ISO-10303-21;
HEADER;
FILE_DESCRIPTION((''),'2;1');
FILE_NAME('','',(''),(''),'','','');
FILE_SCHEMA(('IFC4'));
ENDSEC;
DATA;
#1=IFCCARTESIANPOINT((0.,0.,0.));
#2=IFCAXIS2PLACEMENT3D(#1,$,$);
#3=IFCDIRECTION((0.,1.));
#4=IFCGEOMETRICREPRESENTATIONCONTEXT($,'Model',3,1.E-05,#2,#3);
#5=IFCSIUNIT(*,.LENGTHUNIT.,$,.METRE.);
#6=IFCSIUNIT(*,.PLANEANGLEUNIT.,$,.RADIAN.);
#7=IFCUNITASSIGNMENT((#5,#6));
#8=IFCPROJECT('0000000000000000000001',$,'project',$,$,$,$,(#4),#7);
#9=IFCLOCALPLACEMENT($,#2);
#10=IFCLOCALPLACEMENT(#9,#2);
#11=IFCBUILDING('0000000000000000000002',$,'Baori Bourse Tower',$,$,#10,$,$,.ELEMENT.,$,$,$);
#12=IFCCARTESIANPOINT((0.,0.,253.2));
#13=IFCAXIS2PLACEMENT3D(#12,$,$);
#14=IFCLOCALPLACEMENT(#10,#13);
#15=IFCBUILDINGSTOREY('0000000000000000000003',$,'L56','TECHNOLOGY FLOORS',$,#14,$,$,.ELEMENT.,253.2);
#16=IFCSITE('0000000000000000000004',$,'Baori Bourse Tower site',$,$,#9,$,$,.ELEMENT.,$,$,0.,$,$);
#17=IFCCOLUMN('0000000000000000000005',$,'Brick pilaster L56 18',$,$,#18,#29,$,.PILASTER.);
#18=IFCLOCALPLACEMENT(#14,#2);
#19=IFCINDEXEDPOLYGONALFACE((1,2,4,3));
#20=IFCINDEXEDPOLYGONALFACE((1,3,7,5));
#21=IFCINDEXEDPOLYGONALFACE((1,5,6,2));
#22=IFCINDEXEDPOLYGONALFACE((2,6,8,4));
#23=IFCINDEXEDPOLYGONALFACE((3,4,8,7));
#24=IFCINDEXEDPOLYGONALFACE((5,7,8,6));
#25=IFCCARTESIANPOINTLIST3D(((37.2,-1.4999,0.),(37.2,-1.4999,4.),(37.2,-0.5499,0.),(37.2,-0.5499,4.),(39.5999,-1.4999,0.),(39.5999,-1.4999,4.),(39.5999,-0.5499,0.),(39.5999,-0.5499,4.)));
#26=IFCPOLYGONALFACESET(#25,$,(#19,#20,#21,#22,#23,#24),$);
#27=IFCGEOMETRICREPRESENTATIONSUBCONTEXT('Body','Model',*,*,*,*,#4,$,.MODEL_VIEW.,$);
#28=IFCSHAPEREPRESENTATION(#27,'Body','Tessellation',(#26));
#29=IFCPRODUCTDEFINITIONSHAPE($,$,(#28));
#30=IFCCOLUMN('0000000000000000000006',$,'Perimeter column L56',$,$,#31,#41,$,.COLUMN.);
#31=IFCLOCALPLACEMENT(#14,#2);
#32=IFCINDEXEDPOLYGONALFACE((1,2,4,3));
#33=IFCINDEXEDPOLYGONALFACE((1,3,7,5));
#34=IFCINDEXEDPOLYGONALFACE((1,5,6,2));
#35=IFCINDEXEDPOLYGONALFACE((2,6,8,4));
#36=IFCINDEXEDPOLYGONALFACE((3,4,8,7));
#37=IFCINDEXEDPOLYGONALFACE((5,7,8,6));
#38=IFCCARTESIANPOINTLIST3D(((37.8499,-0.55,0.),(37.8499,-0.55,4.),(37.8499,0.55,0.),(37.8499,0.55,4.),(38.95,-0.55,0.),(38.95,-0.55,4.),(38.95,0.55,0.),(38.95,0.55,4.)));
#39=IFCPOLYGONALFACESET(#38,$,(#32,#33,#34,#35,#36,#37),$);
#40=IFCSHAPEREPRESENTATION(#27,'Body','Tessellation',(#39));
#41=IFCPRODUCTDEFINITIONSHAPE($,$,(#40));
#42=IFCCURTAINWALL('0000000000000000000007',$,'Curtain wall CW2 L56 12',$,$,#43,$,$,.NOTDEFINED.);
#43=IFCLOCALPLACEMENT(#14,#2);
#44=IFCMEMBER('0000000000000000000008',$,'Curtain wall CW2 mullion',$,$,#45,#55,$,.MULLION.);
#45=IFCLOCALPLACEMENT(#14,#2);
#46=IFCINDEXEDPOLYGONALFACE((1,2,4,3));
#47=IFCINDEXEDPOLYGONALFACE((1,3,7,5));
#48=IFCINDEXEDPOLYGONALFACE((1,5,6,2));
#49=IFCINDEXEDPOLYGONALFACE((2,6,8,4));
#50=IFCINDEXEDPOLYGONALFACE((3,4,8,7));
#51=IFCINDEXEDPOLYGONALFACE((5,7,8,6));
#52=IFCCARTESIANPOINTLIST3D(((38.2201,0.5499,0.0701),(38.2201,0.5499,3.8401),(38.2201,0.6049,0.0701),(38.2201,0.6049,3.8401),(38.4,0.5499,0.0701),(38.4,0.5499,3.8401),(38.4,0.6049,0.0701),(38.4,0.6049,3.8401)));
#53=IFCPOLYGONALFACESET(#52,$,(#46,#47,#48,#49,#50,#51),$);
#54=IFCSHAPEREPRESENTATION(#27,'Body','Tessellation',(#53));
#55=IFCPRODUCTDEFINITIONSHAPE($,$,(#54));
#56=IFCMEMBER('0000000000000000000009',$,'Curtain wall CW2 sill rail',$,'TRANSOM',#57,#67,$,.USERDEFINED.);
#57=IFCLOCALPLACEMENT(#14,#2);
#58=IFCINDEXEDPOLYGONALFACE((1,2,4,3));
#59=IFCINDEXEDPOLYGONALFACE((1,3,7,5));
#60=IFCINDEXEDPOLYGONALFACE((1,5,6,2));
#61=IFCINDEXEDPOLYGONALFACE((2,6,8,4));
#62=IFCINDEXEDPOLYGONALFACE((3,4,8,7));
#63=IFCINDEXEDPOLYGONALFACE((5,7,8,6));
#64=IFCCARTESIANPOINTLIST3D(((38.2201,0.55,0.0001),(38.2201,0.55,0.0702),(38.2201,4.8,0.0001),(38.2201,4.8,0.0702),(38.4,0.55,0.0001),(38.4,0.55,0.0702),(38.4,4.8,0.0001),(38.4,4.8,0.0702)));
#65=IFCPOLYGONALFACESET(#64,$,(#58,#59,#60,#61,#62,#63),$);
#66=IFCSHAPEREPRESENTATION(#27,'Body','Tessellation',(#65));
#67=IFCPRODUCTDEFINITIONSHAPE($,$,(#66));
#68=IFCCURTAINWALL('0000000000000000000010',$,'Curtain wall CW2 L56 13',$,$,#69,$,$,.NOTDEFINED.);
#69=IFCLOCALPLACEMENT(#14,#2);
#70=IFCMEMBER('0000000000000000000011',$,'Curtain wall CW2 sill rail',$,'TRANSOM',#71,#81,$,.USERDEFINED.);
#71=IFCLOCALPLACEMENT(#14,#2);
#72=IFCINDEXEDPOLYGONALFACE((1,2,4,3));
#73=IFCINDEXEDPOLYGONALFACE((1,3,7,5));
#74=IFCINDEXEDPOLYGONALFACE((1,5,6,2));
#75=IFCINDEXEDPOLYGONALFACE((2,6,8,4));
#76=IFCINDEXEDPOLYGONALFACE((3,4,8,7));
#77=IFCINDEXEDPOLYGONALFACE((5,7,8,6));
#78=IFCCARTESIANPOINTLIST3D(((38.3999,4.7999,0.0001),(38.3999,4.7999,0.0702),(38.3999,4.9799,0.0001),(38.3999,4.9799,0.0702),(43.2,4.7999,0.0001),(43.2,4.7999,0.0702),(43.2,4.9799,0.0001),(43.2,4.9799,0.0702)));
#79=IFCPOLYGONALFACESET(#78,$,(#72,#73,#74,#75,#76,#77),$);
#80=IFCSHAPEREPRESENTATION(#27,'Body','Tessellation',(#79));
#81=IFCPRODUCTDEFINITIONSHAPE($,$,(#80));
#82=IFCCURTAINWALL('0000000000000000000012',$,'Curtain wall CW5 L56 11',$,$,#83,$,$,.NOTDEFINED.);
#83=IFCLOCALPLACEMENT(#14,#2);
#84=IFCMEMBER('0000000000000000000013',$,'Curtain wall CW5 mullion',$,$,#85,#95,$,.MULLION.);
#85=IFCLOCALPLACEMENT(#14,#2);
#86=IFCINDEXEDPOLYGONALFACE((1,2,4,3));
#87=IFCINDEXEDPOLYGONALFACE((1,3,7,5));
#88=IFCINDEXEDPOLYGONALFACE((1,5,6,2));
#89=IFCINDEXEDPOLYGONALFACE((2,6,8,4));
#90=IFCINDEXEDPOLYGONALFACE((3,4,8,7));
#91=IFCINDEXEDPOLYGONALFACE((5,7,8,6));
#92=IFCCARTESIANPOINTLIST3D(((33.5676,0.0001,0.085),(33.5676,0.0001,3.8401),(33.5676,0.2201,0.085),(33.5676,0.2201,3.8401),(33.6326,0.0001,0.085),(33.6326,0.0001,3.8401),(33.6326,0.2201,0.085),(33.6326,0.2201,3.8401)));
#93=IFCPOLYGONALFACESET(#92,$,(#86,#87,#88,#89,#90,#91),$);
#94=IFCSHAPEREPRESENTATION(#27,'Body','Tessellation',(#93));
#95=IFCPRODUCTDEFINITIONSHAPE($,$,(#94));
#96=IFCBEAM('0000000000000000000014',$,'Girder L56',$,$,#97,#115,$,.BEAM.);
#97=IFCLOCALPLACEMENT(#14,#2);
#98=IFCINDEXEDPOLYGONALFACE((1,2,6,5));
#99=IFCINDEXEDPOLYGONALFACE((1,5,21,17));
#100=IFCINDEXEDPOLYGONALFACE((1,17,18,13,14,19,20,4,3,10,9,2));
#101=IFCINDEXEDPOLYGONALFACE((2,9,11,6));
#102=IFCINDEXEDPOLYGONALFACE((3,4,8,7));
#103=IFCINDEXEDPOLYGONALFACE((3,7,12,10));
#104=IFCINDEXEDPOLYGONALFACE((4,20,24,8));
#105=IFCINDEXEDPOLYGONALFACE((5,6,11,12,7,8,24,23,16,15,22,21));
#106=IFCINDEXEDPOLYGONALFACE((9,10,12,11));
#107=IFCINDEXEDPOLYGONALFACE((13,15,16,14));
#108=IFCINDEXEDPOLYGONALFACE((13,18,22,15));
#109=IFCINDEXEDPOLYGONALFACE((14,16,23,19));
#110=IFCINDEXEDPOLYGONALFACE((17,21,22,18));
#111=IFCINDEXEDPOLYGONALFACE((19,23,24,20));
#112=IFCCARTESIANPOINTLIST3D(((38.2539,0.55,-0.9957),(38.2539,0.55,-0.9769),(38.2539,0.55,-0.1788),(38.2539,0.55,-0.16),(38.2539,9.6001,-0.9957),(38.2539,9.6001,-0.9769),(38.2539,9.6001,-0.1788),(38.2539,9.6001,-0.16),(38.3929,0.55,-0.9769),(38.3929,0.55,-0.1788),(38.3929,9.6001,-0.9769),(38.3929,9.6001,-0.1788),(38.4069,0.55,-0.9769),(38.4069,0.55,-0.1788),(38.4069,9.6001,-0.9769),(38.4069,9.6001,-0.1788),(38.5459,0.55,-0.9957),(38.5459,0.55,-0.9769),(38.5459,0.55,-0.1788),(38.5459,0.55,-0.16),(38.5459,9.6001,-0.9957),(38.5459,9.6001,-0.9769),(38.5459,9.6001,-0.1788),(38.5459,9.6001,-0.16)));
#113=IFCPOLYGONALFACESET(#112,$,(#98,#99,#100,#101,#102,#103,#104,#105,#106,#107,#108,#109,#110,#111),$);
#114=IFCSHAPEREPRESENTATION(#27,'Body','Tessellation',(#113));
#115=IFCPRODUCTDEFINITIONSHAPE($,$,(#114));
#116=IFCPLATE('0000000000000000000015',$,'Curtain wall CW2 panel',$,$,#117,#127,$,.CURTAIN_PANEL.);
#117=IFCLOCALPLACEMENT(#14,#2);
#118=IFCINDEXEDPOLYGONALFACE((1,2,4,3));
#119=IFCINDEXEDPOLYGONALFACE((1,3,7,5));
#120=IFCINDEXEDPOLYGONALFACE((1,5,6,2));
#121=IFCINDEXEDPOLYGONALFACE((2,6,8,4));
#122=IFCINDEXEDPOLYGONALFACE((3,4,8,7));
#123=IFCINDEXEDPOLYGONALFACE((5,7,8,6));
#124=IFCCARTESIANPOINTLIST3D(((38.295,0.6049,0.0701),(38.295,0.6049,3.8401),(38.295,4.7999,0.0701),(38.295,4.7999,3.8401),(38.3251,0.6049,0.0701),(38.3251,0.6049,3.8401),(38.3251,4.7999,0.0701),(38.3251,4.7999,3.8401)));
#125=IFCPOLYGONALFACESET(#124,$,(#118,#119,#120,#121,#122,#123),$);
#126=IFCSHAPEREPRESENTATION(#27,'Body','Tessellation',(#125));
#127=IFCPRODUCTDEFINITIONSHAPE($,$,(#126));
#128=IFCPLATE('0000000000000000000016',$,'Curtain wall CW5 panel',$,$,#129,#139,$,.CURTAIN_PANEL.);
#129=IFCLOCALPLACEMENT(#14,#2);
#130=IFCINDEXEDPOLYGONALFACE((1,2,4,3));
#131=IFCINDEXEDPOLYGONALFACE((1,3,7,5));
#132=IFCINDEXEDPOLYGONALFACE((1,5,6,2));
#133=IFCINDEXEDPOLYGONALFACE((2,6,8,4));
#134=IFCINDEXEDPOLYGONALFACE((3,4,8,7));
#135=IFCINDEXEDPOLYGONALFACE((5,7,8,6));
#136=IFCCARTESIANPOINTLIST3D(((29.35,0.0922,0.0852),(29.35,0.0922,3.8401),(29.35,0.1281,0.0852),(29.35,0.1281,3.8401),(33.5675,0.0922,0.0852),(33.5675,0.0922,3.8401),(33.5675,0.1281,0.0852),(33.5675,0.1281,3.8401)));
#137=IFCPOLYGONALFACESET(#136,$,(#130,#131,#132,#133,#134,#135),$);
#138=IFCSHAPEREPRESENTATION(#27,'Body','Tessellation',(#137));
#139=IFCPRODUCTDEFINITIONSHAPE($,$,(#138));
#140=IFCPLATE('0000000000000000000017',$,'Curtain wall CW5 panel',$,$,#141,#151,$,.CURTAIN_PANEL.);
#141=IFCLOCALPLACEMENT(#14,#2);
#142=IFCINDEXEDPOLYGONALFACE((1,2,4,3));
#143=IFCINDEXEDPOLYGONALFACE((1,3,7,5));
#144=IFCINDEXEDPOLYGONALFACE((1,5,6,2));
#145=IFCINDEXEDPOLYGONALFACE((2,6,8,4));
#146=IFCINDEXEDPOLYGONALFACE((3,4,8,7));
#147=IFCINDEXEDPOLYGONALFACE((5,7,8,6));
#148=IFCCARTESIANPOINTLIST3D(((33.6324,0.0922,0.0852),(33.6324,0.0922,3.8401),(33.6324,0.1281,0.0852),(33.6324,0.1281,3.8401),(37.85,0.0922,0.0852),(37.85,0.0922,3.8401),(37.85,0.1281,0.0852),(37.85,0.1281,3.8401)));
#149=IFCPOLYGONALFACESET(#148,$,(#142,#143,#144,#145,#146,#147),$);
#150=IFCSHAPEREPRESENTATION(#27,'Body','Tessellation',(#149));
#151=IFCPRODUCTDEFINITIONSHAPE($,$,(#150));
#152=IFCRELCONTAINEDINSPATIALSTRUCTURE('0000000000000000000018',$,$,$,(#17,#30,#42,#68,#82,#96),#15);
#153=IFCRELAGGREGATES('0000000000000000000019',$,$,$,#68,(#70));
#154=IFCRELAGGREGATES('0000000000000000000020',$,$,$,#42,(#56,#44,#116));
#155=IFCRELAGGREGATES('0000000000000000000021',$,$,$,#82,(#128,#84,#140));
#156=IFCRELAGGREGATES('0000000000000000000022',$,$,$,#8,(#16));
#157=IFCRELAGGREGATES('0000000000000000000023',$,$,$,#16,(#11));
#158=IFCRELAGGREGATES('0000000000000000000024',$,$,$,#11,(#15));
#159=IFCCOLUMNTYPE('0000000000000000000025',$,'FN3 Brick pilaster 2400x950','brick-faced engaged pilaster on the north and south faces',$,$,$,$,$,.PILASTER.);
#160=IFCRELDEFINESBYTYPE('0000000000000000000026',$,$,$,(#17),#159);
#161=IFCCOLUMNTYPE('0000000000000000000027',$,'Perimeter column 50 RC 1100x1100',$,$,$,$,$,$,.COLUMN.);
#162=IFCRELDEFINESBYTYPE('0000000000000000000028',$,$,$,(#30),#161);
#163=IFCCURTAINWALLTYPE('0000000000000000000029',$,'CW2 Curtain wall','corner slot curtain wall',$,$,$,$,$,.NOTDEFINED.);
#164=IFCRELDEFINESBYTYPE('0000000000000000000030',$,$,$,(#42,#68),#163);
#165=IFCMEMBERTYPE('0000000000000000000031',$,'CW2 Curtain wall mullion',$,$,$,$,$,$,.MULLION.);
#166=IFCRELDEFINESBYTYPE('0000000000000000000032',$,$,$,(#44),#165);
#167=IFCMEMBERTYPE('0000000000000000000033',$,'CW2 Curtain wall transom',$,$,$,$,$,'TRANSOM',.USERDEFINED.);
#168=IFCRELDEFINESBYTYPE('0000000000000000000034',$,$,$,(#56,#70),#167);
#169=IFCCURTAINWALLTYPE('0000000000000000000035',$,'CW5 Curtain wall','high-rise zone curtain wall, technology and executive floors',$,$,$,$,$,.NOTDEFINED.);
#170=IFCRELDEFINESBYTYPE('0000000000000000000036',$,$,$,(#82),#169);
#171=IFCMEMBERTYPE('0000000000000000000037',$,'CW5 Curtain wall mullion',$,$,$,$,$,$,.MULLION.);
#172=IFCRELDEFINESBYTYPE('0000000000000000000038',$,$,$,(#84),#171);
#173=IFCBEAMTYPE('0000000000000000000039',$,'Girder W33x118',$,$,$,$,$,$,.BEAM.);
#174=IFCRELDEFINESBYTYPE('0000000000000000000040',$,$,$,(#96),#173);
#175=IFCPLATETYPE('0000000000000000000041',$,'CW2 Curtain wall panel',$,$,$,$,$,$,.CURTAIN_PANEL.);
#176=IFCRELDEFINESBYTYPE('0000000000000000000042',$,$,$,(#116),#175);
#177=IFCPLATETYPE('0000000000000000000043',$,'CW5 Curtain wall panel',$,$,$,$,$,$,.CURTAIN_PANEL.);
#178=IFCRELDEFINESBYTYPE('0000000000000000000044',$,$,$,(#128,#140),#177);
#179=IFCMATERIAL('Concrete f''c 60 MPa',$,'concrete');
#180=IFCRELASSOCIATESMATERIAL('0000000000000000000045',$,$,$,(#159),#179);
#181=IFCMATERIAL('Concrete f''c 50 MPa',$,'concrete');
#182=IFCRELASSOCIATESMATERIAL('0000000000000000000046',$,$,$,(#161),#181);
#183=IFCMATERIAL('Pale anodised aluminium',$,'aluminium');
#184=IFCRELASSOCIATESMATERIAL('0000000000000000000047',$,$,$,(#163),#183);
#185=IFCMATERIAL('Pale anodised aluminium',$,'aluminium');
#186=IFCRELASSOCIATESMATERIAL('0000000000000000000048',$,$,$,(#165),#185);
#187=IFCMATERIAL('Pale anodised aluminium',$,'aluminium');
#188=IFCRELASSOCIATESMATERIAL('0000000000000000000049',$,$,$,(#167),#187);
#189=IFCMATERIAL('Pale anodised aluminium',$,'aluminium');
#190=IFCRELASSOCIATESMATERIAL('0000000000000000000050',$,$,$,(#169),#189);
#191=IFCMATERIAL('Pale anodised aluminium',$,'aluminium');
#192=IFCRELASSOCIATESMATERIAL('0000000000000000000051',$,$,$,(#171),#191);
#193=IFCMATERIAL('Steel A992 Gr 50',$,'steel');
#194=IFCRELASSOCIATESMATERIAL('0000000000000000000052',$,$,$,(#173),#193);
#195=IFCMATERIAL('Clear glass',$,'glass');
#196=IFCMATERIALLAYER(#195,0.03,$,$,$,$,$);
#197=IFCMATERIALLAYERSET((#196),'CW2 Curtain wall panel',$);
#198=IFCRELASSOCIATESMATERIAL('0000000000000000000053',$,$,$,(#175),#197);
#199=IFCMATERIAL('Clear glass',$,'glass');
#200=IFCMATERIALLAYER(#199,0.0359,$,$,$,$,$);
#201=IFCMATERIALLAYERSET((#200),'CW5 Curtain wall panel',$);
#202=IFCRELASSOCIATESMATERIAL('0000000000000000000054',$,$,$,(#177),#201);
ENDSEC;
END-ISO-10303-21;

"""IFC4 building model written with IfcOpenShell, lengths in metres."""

from ifc_helpers import new_model, si_unit, direction, frame, origin, origin_2d, place, context, subcontext, project, spatial, rectangle, i_section, extrude, material, layer, layer_set, material_profile, profile_set, type_object, element, aggregate, save


model = new_model("IFC4")

# Units and contexts
model_context = context("Model", 3, precision=1e-05, world=origin(), true_north=direction((0.0, 1.0)))
body_context = subcontext(model_context, "Body", "Model", "MODEL_VIEW")
ifc_project = project(units=[si_unit("LENGTHUNIT", "METRE"), si_unit("PLANEANGLEUNIT", "RADIAN")], contexts=[model_context])

# Site, building, storey
site_placement = place(None, origin())
site = spatial("IfcSite", under=ifc_project, at=site_placement, Name="Baori Bourse Tower site", CompositionType="ELEMENT", RefElevation=0.0)
building_placement = place(site_placement, origin())
building = spatial("IfcBuilding", under=site, at=building_placement, Name="Baori Bourse Tower", CompositionType="ELEMENT")
storey_placement = place(building_placement, frame((0.0, 0.0, 253.2)))
storey = spatial("IfcBuildingStorey", under=building, at=storey_placement, Name="L56", Description="TECHNOLOGY FLOORS", CompositionType="ELEMENT", Elevation=253.2)

# Columns
ifc_material_1 = material(Name="Concrete f'c 60 MPa", Category="concrete")
ifc_material_profile_1 = material_profile(ifc_material_1, rectangle(XDim=2.3999, YDim=0.95, at=origin_2d()), Name="RC 2400x950")
ifc_profile_set_1 = profile_set([ifc_material_profile_1], Name="Concrete f'c 60 MPa")
column_type_1 = type_object("IfcColumnType", Name="FN3 Brick pilaster 2400x950", Description="brick-faced engaged pilaster on the north and south faces", PredefinedType="PILASTER", material=ifc_profile_set_1)
column_1_placement = place(storey_placement, frame((38.3999, -1.0249, 0.0), z_axis=(0.0, 0.0, 1.0), x_axis=(1.0, 0.0, 0.0)))
element("IfcColumn", 1, at=column_1_placement, inside=storey, type_object=column_type_1, Name="Brick pilaster L56 18", PredefinedType="PILASTER", context=body_context, shape_type="SweptSolid", body=[
    extrude(rectangle(XDim=2.3999, YDim=0.95, at=origin_2d()), origin(), (0.0, 0.0, 1.0), 4.0),
])
ifc_material_2 = material(Name="Concrete f'c 50 MPa", Category="concrete")
ifc_material_profile_2 = material_profile(ifc_material_2, rectangle(XDim=1.1001, YDim=1.1001, at=origin_2d()), Name="RC 1100x1100")
ifc_profile_set_2 = profile_set([ifc_material_profile_2], Name="Concrete f'c 50 MPa")
column_type_2 = type_object("IfcColumnType", Name="Perimeter column 50 RC 1100x1100", PredefinedType="COLUMN", material=ifc_profile_set_2)
column_2_placement = place(storey_placement, frame((38.3999, 0.0, 0.0), z_axis=(0.0, 0.0, 1.0), x_axis=(1.0, 0.0, 0.0)))
element("IfcColumn", 2, at=column_2_placement, inside=storey, type_object=column_type_2, Name="Perimeter column L56", PredefinedType="COLUMN", context=body_context, shape_type="SweptSolid", body=[
    extrude(rectangle(XDim=1.1001, YDim=1.1001, at=origin_2d()), origin(), (0.0, 0.0, 1.0), 4.0),
])

# Curtain wall, members
ifc_material_3 = material(Name="Pale anodised aluminium", Category="aluminium")
curtain_wall_type_1 = type_object("IfcCurtainWallType", Name="CW2 Curtain wall", Description="corner slot curtain wall", PredefinedType="NOTDEFINED", material=ifc_material_3)
curtain_wall_1_placement = place(storey_placement, origin())
curtain_wall_1 = element("IfcCurtainWall", 3, at=curtain_wall_1_placement, inside=storey, type_object=curtain_wall_type_1, Name="Curtain wall CW2 L56 12", PredefinedType="NOTDEFINED")
ifc_material_4 = material(Name="Pale anodised aluminium", Category="aluminium")
ifc_material_profile_3 = material_profile(ifc_material_4, rectangle(XDim=0.1799, YDim=0.0549, at=origin_2d()), Name="Mullion 55x180")
ifc_profile_set_3 = profile_set([ifc_material_profile_3], Name="Pale anodised aluminium")
member_type_1 = type_object("IfcMemberType", Name="CW2 Curtain wall mullion", PredefinedType="MULLION", material=ifc_profile_set_3)
member_1_placement = place(storey_placement, frame((38.3101, 0.5774, 0.0701), z_axis=(0.0, 0.0, 1.0), x_axis=(-1.0, 0.0, 0.0)))
member_1 = element("IfcMember", 4, at=member_1_placement, type_object=member_type_1, Name="Curtain wall CW2 mullion", PredefinedType="MULLION", context=body_context, shape_type="SweptSolid", body=[
    extrude(rectangle(XDim=0.1799, YDim=0.0549, at=origin_2d()), origin(), (0.0, 0.0, 1.0), 3.77),
])
ifc_material_5 = material(Name="Pale anodised aluminium", Category="aluminium")
ifc_material_profile_4 = material_profile(ifc_material_5, rectangle(XDim=0.1799, YDim=0.0701, at=origin_2d()), Name="Transom 70x180")
ifc_profile_set_4 = profile_set([ifc_material_profile_4], Name="Pale anodised aluminium")
member_type_2 = type_object("IfcMemberType", Name="CW2 Curtain wall transom", ElementType="TRANSOM", PredefinedType="USERDEFINED", material=ifc_profile_set_4)
member_2_placement = place(storey_placement, frame((38.3101, 0.55, 0.0352), z_axis=(0.0, 1.0, 0.0), x_axis=(-1.0, 0.0, 0.0)))
member_2 = element("IfcMember", 5, at=member_2_placement, type_object=member_type_2, Name="Curtain wall CW2 sill rail", ObjectType="TRANSOM", PredefinedType="USERDEFINED", context=body_context, shape_type="SweptSolid", body=[
    extrude(rectangle(XDim=0.1799, YDim=0.0701, at=origin_2d()), origin(), (0.0, 0.0, 1.0), 4.25),
])

# Curtain walls, members
curtain_wall_2_placement = place(storey_placement, origin())
curtain_wall_2 = element("IfcCurtainWall", 6, at=curtain_wall_2_placement, inside=storey, type_object=curtain_wall_type_1, Name="Curtain wall CW2 L56 13", PredefinedType="NOTDEFINED")
member_3_placement = place(storey_placement, frame((38.3999, 4.8899, 0.0352), z_axis=(1.0, 0.0, 0.0), x_axis=(0.0, 1.0, 0.0)))
member_3 = element("IfcMember", 7, at=member_3_placement, type_object=member_type_2, Name="Curtain wall CW2 sill rail", ObjectType="TRANSOM", PredefinedType="USERDEFINED", context=body_context, shape_type="SweptSolid", body=[
    extrude(rectangle(XDim=0.1799, YDim=0.0701, at=origin_2d()), origin(), (0.0, 0.0, 1.0), 4.8),
])
aggregate(curtain_wall_2, [member_3])
ifc_material_6 = material(Name="Pale anodised aluminium", Category="aluminium")
curtain_wall_type_2 = type_object("IfcCurtainWallType", Name="CW5 Curtain wall", Description="high-rise zone curtain wall, technology and executive floors", PredefinedType="NOTDEFINED", material=ifc_material_6)
curtain_wall_3_placement = place(storey_placement, origin())
curtain_wall_3 = element("IfcCurtainWall", 8, at=curtain_wall_3_placement, inside=storey, type_object=curtain_wall_type_2, Name="Curtain wall CW5 L56 11", PredefinedType="NOTDEFINED")
ifc_material_7 = material(Name="Pale anodised aluminium", Category="aluminium")
ifc_material_profile_5 = material_profile(ifc_material_7, rectangle(XDim=0.22, YDim=0.0649, at=origin_2d()), Name="Mullion 65x220")
ifc_profile_set_5 = profile_set([ifc_material_profile_5], Name="Pale anodised aluminium")
member_type_3 = type_object("IfcMemberType", Name="CW5 Curtain wall mullion", PredefinedType="MULLION", material=ifc_profile_set_5)
member_4_placement = place(storey_placement, frame((33.6001, 0.1101, 0.085), z_axis=(0.0, 0.0, 1.0), x_axis=(0.0, 1.0, 0.0)))
member_4 = element("IfcMember", 9, at=member_4_placement, type_object=member_type_3, Name="Curtain wall CW5 mullion", PredefinedType="MULLION", context=body_context, shape_type="SweptSolid", body=[
    extrude(rectangle(XDim=0.22, YDim=0.0649, at=origin_2d()), origin(), (0.0, 0.0, 1.0), 3.7551),
])

# Beam
ifc_material_8 = material(Name="Steel A992 Gr 50", Category="steel")
ifc_material_profile_6 = material_profile(ifc_material_8, i_section(OverallWidth=0.292, OverallDepth=0.8357, WebThickness=0.0139, FlangeThickness=0.0188, at=origin_2d()), Name="W33x118")
ifc_profile_set_6 = profile_set([ifc_material_profile_6], Name="Steel A992 Gr 50")
beam_type = type_object("IfcBeamType", Name="Girder W33x118", PredefinedType="BEAM", material=ifc_profile_set_6)
beam_placement = place(storey_placement, frame((38.3999, 0.55, -0.5779), z_axis=(0.0, 1.0, 0.0), x_axis=(-1.0, 0.0, 0.0)))
element("IfcBeam", 10, at=beam_placement, inside=storey, type_object=beam_type, Name="Girder L56", PredefinedType="BEAM", context=body_context, shape_type="SweptSolid", body=[
    extrude(i_section(OverallWidth=0.292, OverallDepth=0.8357, WebThickness=0.0139, FlangeThickness=0.0188, at=origin_2d()), origin(), (0.0, 0.0, 1.0), 9.05),
])

# Plates
ifc_material_9 = material(Name="Clear glass", Category="glass")
ifc_layer_1 = layer(ifc_material_9, 0.03)
ifc_layer_set_1 = layer_set([ifc_layer_1], Name="CW2 Curtain wall panel")
plate_type_1 = type_object("IfcPlateType", Name="CW2 Curtain wall panel", PredefinedType="CURTAIN_PANEL", material=ifc_layer_set_1)
plate_1_placement = place(storey_placement, frame((38.3101, 2.7024, 0.0701), z_axis=(0.0, 0.0, 1.0), x_axis=(0.0, 1.0, 0.0)))
plate_1 = element("IfcPlate", 11, at=plate_1_placement, type_object=plate_type_1, Name="Curtain wall CW2 panel", PredefinedType="CURTAIN_PANEL", context=body_context, shape_type="SweptSolid", body=[
    extrude(rectangle(XDim=4.1951, YDim=0.03, at=origin_2d()), origin(), (0.0, 0.0, 1.0), 3.77),
])
aggregate(curtain_wall_1, [member_2, member_1, plate_1])
ifc_material_10 = material(Name="Clear glass", Category="glass")
ifc_layer_2 = layer(ifc_material_10, 0.0359)
ifc_layer_set_2 = layer_set([ifc_layer_2], Name="CW5 Curtain wall panel")
plate_type_2 = type_object("IfcPlateType", Name="CW5 Curtain wall panel", PredefinedType="CURTAIN_PANEL", material=ifc_layer_set_2)
plate_2_placement = place(storey_placement, frame((31.4587, 0.1101, 0.0852), z_axis=(0.0, 0.0, 1.0), x_axis=(1.0, 0.0, 0.0)))
plate_2 = element("IfcPlate", 12, at=plate_2_placement, type_object=plate_type_2, Name="Curtain wall CW5 panel", PredefinedType="CURTAIN_PANEL", context=body_context, shape_type="SweptSolid", body=[
    extrude(rectangle(XDim=4.2175, YDim=0.0359, at=origin_2d()), origin(), (0.0, 0.0, 1.0), 3.7549),
])
plate_3_placement = place(storey_placement, frame((35.7412, 0.1101, 0.0852), z_axis=(0.0, 0.0, 1.0), x_axis=(1.0, 0.0, 0.0)))
plate_3 = element("IfcPlate", 13, at=plate_3_placement, type_object=plate_type_2, Name="Curtain wall CW5 panel", PredefinedType="CURTAIN_PANEL", context=body_context, shape_type="SweptSolid", body=[
    extrude(rectangle(XDim=4.2175, YDim=0.0359, at=origin_2d()), origin(), (0.0, 0.0, 1.0), 3.7549),
])
aggregate(curtain_wall_3, [plate_2, member_4, plate_3])

save(model, "model.ifc")
